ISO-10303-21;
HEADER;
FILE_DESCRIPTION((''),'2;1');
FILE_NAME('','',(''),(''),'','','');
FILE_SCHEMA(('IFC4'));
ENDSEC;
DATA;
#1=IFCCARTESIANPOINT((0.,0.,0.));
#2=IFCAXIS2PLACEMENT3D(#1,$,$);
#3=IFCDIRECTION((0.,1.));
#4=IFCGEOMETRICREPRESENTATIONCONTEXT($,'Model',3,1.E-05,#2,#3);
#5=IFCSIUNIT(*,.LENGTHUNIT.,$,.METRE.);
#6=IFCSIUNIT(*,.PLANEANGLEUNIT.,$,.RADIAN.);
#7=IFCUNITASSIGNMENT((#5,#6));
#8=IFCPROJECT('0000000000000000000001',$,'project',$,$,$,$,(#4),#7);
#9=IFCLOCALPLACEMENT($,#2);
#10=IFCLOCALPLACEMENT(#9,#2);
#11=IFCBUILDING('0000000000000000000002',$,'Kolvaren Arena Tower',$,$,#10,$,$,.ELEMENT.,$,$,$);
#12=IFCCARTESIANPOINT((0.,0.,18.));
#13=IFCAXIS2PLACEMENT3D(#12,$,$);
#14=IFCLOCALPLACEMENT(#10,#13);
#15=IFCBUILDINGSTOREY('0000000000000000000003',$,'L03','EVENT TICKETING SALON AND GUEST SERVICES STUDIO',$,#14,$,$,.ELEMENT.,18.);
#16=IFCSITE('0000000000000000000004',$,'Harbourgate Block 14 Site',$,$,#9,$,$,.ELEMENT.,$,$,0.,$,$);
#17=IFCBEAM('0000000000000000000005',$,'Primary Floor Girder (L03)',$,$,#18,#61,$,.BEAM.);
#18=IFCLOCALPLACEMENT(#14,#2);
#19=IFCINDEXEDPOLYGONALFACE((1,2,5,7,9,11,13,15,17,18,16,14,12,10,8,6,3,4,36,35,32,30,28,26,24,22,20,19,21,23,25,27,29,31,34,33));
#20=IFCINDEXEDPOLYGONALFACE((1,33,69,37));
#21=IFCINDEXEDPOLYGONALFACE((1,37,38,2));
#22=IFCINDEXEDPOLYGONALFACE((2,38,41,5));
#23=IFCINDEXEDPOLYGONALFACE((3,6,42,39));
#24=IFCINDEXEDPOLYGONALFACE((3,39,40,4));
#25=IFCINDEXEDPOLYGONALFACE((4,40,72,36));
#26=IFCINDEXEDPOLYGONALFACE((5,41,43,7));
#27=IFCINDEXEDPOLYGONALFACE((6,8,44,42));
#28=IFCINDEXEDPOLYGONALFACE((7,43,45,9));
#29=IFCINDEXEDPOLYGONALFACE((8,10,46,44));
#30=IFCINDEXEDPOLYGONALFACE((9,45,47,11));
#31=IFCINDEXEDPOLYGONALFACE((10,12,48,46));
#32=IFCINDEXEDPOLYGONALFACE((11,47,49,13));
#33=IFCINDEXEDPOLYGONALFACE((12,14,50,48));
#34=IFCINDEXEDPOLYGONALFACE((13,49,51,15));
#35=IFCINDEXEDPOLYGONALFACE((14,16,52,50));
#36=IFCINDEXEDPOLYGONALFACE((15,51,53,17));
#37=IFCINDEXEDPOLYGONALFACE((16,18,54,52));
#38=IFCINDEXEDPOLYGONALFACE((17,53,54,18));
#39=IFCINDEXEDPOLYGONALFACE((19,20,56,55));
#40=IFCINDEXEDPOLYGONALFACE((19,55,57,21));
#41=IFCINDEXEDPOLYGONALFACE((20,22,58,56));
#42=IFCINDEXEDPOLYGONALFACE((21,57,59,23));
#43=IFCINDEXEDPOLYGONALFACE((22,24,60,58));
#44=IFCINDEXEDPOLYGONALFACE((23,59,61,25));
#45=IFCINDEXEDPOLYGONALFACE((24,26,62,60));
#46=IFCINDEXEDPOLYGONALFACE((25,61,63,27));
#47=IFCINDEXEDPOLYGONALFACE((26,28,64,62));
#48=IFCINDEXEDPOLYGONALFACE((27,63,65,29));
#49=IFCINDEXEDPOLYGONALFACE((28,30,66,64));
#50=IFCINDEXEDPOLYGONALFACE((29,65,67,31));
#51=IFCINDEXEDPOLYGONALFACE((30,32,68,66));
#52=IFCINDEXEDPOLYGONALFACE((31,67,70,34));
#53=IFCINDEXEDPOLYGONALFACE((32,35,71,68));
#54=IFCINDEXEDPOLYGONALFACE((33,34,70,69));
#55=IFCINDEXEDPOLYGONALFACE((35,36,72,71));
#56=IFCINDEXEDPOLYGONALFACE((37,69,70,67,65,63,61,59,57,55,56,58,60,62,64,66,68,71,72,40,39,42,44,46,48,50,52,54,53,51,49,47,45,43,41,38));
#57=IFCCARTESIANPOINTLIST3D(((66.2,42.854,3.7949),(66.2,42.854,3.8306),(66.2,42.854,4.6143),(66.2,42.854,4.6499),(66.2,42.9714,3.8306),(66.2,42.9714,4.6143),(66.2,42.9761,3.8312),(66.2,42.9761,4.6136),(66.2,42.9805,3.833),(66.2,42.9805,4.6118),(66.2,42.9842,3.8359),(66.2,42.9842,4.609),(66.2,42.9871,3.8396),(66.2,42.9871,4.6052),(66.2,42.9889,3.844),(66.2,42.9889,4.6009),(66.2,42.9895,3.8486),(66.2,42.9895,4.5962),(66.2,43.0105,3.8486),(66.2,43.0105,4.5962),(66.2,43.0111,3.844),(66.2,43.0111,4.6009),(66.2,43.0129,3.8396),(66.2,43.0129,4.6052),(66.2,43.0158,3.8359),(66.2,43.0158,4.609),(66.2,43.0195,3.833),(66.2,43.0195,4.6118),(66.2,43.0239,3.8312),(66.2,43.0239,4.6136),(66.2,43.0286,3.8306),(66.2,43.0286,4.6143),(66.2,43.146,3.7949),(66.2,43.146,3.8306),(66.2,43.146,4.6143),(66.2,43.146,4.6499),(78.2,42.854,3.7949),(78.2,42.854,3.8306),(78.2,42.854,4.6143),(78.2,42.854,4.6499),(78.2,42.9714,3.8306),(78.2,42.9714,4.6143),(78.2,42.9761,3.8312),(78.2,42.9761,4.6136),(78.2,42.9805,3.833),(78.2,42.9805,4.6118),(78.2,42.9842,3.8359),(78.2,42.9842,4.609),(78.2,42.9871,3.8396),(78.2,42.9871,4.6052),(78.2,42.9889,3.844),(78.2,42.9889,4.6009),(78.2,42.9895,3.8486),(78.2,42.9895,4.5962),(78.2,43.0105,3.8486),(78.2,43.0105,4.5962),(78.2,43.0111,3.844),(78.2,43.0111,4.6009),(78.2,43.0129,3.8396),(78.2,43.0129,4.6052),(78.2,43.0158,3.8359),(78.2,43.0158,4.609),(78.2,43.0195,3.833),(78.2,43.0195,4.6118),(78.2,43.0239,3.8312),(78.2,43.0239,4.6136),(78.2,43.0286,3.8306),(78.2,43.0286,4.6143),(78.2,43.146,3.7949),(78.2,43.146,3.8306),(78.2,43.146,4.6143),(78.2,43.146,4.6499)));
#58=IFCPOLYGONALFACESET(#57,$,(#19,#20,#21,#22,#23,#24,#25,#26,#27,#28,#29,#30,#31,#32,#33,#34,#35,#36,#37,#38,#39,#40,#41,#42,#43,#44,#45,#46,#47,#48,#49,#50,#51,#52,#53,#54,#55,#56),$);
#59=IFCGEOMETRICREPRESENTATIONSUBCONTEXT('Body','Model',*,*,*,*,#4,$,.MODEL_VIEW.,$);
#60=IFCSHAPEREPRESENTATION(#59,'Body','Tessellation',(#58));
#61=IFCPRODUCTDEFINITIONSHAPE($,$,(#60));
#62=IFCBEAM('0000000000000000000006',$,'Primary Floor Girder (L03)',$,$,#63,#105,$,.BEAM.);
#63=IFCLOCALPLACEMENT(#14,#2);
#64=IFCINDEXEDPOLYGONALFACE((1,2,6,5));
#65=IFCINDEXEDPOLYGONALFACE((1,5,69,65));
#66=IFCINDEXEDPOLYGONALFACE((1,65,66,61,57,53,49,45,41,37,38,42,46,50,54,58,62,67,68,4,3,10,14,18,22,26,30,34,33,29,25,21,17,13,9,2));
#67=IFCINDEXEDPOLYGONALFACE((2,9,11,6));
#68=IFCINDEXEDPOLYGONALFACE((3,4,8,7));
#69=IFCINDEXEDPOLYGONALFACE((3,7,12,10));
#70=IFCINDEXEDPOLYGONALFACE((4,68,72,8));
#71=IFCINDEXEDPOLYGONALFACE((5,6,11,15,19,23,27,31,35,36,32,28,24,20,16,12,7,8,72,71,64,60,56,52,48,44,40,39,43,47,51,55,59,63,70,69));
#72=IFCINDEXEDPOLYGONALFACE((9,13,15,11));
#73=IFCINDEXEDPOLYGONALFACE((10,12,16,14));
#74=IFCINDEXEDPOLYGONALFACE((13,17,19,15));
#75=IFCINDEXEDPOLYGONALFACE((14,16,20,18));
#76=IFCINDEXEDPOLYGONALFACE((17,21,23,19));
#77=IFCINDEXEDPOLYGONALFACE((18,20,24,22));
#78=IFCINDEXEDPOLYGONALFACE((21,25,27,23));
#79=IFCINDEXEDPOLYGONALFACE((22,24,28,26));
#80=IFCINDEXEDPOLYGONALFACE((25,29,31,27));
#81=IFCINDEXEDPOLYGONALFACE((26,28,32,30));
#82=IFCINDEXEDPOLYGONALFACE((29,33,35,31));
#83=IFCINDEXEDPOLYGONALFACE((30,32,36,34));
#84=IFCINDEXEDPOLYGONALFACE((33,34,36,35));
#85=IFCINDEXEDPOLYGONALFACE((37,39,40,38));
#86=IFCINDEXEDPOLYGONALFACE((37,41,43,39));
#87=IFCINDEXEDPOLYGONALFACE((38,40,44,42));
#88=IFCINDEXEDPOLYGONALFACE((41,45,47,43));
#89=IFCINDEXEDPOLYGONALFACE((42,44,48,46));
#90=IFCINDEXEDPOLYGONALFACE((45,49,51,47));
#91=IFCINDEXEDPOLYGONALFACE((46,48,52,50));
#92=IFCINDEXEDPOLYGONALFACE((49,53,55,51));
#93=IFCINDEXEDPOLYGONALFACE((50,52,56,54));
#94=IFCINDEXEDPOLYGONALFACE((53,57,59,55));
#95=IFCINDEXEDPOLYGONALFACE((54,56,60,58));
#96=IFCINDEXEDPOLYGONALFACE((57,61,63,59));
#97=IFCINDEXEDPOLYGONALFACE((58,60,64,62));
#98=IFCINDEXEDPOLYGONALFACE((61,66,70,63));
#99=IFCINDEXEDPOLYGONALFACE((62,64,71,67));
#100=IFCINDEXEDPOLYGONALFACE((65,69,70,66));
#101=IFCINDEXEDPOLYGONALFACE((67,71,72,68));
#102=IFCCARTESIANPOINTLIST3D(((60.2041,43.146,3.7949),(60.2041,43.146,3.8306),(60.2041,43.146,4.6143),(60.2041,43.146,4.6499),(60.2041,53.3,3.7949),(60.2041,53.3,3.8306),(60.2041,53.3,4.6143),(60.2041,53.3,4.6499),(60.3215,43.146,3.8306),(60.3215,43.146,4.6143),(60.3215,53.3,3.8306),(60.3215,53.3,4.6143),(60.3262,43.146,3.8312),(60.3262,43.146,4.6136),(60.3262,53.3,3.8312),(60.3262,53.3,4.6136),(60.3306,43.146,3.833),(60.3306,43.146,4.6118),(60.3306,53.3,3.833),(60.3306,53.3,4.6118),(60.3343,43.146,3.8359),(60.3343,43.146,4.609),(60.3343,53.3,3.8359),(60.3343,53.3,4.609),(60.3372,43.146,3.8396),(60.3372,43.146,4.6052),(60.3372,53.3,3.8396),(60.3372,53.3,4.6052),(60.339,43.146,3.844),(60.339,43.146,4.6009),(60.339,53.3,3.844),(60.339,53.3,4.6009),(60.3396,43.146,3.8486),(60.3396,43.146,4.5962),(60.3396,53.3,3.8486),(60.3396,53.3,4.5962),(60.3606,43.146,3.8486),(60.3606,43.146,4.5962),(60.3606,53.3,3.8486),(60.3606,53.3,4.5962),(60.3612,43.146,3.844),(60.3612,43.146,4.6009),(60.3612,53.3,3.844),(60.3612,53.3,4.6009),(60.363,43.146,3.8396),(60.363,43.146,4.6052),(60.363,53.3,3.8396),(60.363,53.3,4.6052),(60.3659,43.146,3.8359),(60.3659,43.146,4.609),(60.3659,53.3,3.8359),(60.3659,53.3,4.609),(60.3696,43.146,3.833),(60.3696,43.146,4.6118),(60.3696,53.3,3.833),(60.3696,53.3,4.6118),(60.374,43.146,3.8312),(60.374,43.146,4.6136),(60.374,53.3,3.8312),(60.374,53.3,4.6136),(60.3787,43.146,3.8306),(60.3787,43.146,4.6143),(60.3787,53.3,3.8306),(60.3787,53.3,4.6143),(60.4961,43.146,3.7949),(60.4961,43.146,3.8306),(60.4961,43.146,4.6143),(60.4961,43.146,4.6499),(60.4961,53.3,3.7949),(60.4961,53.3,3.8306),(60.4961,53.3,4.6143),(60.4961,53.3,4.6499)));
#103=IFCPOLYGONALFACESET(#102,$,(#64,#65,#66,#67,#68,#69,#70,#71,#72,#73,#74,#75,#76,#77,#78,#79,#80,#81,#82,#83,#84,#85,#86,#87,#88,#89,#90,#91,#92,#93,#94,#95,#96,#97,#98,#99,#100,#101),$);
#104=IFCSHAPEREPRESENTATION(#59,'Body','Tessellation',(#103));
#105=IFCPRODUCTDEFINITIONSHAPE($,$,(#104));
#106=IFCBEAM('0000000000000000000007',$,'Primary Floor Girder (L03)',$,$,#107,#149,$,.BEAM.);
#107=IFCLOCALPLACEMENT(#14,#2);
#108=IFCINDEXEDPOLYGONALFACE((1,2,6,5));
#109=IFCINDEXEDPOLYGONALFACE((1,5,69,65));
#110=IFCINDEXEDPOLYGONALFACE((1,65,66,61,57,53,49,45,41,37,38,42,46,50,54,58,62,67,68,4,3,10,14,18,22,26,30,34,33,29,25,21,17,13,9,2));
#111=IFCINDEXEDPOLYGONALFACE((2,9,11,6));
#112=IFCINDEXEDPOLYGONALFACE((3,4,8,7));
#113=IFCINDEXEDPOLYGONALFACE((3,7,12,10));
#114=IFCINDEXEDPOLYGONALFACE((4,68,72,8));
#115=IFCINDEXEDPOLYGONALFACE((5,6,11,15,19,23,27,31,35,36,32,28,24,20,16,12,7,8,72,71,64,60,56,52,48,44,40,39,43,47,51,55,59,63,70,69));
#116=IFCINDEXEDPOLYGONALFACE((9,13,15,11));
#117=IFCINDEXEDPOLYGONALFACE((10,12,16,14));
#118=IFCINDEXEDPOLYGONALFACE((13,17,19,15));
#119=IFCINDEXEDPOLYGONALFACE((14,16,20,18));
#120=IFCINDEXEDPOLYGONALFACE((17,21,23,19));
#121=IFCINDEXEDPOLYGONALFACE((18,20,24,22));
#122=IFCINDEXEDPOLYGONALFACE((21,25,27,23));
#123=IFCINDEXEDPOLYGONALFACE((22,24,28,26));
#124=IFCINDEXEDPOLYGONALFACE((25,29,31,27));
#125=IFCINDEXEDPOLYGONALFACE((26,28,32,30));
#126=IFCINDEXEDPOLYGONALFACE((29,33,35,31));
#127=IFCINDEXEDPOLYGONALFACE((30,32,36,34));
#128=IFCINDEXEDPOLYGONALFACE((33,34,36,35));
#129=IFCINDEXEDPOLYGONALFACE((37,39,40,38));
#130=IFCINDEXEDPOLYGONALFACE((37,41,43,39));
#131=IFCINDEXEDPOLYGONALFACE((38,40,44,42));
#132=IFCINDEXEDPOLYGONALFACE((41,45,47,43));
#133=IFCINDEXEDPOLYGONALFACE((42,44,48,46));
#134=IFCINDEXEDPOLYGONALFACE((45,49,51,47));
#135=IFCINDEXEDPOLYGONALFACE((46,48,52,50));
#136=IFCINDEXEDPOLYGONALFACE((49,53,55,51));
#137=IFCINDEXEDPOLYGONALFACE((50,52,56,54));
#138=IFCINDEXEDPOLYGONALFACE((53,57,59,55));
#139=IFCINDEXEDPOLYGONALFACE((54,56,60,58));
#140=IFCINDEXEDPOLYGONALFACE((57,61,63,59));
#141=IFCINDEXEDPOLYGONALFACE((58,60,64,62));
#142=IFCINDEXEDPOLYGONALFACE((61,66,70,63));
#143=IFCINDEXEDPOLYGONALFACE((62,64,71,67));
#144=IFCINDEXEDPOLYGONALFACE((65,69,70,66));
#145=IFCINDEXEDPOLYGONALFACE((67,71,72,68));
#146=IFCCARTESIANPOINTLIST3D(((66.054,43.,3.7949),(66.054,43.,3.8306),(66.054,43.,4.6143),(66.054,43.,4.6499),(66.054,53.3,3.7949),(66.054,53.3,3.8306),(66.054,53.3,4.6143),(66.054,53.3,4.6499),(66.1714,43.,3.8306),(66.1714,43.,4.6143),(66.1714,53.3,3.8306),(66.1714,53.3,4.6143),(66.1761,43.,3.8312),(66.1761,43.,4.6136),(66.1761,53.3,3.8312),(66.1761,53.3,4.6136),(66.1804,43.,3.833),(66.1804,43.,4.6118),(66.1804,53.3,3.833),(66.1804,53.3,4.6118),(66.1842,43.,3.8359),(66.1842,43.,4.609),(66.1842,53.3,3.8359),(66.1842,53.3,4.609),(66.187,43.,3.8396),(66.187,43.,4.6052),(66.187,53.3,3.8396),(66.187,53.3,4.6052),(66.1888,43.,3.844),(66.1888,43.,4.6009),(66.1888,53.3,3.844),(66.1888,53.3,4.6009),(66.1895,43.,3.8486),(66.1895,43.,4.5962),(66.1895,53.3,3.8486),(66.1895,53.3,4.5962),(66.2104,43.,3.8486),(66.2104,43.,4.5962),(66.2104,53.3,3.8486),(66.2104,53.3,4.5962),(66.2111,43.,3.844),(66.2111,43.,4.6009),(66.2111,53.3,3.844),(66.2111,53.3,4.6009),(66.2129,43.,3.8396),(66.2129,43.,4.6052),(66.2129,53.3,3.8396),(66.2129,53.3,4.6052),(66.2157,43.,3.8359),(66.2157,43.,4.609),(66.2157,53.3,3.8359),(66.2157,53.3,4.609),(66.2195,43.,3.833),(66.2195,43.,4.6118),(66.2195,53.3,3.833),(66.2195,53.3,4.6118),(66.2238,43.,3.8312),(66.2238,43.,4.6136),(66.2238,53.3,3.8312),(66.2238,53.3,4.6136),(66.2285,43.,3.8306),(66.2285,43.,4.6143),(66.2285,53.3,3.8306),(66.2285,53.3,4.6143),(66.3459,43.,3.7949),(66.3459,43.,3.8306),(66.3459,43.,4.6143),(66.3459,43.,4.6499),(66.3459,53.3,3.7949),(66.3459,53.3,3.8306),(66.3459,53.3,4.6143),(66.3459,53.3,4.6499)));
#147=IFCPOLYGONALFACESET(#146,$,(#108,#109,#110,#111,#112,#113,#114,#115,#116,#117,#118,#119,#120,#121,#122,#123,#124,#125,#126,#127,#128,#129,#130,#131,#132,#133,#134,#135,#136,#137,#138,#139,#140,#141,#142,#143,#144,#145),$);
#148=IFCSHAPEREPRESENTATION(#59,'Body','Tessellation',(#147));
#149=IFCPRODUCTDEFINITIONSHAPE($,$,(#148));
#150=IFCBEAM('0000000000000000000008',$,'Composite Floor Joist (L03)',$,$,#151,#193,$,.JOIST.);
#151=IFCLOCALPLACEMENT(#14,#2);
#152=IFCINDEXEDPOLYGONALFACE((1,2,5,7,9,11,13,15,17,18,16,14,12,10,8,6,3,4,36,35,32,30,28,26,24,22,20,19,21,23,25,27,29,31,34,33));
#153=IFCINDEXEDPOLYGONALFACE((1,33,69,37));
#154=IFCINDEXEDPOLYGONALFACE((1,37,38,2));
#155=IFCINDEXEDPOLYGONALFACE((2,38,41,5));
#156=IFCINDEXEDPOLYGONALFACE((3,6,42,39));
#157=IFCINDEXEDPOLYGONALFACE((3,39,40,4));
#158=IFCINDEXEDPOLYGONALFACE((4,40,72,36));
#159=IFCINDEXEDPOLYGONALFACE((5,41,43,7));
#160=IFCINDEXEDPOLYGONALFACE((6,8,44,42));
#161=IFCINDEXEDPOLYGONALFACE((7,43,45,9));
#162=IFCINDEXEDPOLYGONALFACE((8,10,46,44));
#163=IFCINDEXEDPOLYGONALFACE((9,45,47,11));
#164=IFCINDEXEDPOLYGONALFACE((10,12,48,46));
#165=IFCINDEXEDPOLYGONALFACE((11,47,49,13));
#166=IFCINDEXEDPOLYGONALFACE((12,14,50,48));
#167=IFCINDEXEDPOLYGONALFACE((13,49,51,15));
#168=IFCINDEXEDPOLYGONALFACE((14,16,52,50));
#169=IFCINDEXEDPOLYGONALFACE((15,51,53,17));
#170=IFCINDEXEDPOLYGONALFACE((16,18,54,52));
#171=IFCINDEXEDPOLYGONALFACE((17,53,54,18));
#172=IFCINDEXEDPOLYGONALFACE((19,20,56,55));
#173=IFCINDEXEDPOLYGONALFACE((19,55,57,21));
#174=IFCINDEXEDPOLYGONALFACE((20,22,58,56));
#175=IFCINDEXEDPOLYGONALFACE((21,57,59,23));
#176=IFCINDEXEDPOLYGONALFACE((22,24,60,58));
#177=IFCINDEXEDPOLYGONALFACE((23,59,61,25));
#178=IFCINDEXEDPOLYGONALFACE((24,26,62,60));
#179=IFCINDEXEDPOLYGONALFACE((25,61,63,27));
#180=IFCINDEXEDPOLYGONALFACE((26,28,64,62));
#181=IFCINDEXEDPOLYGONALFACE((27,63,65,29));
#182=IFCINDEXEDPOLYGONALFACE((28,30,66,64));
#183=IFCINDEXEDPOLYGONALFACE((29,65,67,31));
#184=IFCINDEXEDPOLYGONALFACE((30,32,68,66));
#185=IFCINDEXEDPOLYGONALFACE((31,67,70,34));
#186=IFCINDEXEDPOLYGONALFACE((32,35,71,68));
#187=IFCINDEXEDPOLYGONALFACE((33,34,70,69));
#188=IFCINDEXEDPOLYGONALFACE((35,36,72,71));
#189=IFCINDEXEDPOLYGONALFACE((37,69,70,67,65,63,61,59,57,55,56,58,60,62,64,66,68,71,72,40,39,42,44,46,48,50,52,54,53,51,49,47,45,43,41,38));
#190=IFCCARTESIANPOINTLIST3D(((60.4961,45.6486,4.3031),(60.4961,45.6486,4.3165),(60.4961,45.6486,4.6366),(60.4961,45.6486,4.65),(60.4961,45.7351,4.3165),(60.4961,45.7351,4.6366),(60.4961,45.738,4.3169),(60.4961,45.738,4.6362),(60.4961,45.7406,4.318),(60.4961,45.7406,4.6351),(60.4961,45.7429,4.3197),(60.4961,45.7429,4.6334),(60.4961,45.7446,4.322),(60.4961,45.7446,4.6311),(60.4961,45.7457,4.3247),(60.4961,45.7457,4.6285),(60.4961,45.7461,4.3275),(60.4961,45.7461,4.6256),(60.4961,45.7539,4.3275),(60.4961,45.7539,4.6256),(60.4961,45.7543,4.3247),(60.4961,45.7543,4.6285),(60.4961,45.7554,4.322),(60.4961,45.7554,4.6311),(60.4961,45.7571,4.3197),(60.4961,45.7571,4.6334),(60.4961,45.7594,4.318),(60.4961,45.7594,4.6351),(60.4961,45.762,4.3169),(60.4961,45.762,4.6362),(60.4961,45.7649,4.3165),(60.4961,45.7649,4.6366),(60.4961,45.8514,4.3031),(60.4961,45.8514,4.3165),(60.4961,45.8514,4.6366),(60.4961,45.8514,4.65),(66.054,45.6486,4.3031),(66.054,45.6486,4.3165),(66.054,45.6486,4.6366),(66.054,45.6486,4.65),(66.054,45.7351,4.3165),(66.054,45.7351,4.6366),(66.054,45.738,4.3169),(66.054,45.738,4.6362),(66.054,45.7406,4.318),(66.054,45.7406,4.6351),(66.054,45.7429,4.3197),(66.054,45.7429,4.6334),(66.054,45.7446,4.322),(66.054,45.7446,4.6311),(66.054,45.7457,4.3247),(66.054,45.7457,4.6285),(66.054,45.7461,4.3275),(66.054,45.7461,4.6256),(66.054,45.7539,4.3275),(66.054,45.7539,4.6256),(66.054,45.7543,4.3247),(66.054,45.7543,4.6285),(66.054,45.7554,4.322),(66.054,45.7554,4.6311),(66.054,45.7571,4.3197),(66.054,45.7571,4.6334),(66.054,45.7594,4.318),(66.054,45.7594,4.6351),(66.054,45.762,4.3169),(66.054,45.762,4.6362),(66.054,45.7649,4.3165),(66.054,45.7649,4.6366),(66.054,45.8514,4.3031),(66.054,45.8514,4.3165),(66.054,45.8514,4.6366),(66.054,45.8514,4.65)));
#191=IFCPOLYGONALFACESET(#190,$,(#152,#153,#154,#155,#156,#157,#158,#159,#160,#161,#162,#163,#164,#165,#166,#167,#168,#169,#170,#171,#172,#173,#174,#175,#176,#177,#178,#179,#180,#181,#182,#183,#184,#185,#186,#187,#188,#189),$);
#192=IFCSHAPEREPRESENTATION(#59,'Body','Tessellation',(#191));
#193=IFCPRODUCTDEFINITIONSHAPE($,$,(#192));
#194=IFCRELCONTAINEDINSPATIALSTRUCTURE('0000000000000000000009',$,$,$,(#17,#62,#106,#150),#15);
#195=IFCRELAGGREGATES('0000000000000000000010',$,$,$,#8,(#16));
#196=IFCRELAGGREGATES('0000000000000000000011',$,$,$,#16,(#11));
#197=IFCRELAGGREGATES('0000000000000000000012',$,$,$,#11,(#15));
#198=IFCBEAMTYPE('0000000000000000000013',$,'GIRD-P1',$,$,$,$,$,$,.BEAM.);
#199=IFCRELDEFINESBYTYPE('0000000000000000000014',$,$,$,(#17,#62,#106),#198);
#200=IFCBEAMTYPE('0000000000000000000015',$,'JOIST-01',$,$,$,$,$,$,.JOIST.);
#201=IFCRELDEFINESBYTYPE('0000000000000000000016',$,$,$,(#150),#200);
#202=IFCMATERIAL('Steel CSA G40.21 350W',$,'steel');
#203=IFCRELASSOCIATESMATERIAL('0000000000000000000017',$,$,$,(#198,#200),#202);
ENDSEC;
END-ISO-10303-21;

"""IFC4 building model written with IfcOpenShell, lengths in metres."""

from ifc_helpers import new_model, si_unit, direction, frame, origin, origin_2d, place, context, subcontext, project, spatial, i_section, extrude, material, material_profile, profile_set, type_object, element, save


model = new_model("IFC4")

# Units and contexts
model_context = context("Model", 3, precision=1e-05, world=origin(), true_north=direction((0.0, 1.0)))
body_context = subcontext(model_context, "Body", "Model", "MODEL_VIEW")
ifc_project = project(units=[si_unit("LENGTHUNIT", "METRE"), si_unit("PLANEANGLEUNIT", "RADIAN")], contexts=[model_context])

# Site, building, storey
site_placement = place(None, origin())
site = spatial("IfcSite", under=ifc_project, at=site_placement, Name="Harbourgate Block 14 Site", CompositionType="ELEMENT", RefElevation=0.0)
building_placement = place(site_placement, origin())
building = spatial("IfcBuilding", under=site, at=building_placement, Name="Kolvaren Arena Tower", CompositionType="ELEMENT")
storey_placement = place(building_placement, frame((0.0, 0.0, 18.0)))
storey = spatial("IfcBuildingStorey", under=building, at=storey_placement, Name="L03", Description="EVENT TICKETING SALON AND GUEST SERVICES STUDIO", CompositionType="ELEMENT", Elevation=18.0)

# Beams
ifc_material_1 = material(Name="Steel CSA G40.21 350W", Category="steel")
ifc_material_profile_1 = material_profile(ifc_material_1, i_section(OverallWidth=0.292, OverallDepth=0.855, WebThickness=0.021, FlangeThickness=0.0356, FilletRadius=0.0181, at=origin_2d()), Name="W840x299")
ifc_profile_set_1 = profile_set([ifc_material_profile_1], Name="Steel CSA G40.21 350W")
beam_type_1 = type_object("IfcBeamType", Name="GIRD-P1", PredefinedType="BEAM", material=ifc_profile_set_1)
beam_1_placement = place(storey_placement, frame((66.2, 43.0, 4.2224), z_axis=(1.0, 0.0, 0.0), x_axis=(0.0, 1.0, 0.0)))
element("IfcBeam", 1, at=beam_1_placement, inside=storey, type_object=beam_type_1, Name="Primary Floor Girder (L03)", PredefinedType="BEAM", context=body_context, shape_type="SweptSolid", body=[
    extrude(i_section(OverallWidth=0.292, OverallDepth=0.855, WebThickness=0.021, FlangeThickness=0.0356, FilletRadius=0.0181, at=origin_2d()), origin(), (0.0, 0.0, 1.0), 12.0),
])
beam_2_placement = place(storey_placement, frame((60.3501, 43.146, 4.2224), z_axis=(0.0, 1.0, 0.0), x_axis=(-1.0, 0.0, 0.0)))
element("IfcBeam", 2, at=beam_2_placement, inside=storey, type_object=beam_type_1, Name="Primary Floor Girder (L03)", PredefinedType="BEAM", context=body_context, shape_type="SweptSolid", body=[
    extrude(i_section(OverallWidth=0.292, OverallDepth=0.855, WebThickness=0.021, FlangeThickness=0.0356, FilletRadius=0.0181, at=origin_2d()), origin(), (0.0, 0.0, 1.0), 10.1541),
])
beam_3_placement = place(storey_placement, frame((66.2, 43.0, 4.2224), z_axis=(0.0, 1.0, 0.0), x_axis=(-1.0, 0.0, 0.0)))
element("IfcBeam", 3, at=beam_3_placement, inside=storey, type_object=beam_type_1, Name="Primary Floor Girder (L03)", PredefinedType="BEAM", context=body_context, shape_type="SweptSolid", body=[
    extrude(i_section(OverallWidth=0.292, OverallDepth=0.855, WebThickness=0.021, FlangeThickness=0.0356, FilletRadius=0.0181, at=origin_2d()), origin(), (0.0, 0.0, 1.0), 10.3),
])
ifc_material_profile_2 = material_profile(ifc_material_1, i_section(OverallWidth=0.2029, OverallDepth=0.3469, WebThickness=0.0078, FlangeThickness=0.0134, FilletRadius=0.011, at=origin_2d()), Name="W360x64")
ifc_profile_set_2 = profile_set([ifc_material_profile_2], Name="Steel CSA G40.21 350W")
beam_type_2 = type_object("IfcBeamType", Name="JOIST-01", PredefinedType="JOIST", material=ifc_profile_set_2)
beam_4_placement = place(storey_placement, frame((60.4961, 45.75, 4.4766), z_axis=(1.0, 0.0, 0.0), x_axis=(0.0, 1.0, 0.0)))
element("IfcBeam", 4, at=beam_4_placement, inside=storey, type_object=beam_type_2, Name="Composite Floor Joist (L03)", PredefinedType="JOIST", context=body_context, shape_type="SweptSolid", body=[
    extrude(i_section(OverallWidth=0.2029, OverallDepth=0.3469, WebThickness=0.0078, FlangeThickness=0.0134, FilletRadius=0.011, at=origin_2d()), origin(), (0.0, 0.0, 1.0), 5.5579),
])

save(model, "model.ifc")
